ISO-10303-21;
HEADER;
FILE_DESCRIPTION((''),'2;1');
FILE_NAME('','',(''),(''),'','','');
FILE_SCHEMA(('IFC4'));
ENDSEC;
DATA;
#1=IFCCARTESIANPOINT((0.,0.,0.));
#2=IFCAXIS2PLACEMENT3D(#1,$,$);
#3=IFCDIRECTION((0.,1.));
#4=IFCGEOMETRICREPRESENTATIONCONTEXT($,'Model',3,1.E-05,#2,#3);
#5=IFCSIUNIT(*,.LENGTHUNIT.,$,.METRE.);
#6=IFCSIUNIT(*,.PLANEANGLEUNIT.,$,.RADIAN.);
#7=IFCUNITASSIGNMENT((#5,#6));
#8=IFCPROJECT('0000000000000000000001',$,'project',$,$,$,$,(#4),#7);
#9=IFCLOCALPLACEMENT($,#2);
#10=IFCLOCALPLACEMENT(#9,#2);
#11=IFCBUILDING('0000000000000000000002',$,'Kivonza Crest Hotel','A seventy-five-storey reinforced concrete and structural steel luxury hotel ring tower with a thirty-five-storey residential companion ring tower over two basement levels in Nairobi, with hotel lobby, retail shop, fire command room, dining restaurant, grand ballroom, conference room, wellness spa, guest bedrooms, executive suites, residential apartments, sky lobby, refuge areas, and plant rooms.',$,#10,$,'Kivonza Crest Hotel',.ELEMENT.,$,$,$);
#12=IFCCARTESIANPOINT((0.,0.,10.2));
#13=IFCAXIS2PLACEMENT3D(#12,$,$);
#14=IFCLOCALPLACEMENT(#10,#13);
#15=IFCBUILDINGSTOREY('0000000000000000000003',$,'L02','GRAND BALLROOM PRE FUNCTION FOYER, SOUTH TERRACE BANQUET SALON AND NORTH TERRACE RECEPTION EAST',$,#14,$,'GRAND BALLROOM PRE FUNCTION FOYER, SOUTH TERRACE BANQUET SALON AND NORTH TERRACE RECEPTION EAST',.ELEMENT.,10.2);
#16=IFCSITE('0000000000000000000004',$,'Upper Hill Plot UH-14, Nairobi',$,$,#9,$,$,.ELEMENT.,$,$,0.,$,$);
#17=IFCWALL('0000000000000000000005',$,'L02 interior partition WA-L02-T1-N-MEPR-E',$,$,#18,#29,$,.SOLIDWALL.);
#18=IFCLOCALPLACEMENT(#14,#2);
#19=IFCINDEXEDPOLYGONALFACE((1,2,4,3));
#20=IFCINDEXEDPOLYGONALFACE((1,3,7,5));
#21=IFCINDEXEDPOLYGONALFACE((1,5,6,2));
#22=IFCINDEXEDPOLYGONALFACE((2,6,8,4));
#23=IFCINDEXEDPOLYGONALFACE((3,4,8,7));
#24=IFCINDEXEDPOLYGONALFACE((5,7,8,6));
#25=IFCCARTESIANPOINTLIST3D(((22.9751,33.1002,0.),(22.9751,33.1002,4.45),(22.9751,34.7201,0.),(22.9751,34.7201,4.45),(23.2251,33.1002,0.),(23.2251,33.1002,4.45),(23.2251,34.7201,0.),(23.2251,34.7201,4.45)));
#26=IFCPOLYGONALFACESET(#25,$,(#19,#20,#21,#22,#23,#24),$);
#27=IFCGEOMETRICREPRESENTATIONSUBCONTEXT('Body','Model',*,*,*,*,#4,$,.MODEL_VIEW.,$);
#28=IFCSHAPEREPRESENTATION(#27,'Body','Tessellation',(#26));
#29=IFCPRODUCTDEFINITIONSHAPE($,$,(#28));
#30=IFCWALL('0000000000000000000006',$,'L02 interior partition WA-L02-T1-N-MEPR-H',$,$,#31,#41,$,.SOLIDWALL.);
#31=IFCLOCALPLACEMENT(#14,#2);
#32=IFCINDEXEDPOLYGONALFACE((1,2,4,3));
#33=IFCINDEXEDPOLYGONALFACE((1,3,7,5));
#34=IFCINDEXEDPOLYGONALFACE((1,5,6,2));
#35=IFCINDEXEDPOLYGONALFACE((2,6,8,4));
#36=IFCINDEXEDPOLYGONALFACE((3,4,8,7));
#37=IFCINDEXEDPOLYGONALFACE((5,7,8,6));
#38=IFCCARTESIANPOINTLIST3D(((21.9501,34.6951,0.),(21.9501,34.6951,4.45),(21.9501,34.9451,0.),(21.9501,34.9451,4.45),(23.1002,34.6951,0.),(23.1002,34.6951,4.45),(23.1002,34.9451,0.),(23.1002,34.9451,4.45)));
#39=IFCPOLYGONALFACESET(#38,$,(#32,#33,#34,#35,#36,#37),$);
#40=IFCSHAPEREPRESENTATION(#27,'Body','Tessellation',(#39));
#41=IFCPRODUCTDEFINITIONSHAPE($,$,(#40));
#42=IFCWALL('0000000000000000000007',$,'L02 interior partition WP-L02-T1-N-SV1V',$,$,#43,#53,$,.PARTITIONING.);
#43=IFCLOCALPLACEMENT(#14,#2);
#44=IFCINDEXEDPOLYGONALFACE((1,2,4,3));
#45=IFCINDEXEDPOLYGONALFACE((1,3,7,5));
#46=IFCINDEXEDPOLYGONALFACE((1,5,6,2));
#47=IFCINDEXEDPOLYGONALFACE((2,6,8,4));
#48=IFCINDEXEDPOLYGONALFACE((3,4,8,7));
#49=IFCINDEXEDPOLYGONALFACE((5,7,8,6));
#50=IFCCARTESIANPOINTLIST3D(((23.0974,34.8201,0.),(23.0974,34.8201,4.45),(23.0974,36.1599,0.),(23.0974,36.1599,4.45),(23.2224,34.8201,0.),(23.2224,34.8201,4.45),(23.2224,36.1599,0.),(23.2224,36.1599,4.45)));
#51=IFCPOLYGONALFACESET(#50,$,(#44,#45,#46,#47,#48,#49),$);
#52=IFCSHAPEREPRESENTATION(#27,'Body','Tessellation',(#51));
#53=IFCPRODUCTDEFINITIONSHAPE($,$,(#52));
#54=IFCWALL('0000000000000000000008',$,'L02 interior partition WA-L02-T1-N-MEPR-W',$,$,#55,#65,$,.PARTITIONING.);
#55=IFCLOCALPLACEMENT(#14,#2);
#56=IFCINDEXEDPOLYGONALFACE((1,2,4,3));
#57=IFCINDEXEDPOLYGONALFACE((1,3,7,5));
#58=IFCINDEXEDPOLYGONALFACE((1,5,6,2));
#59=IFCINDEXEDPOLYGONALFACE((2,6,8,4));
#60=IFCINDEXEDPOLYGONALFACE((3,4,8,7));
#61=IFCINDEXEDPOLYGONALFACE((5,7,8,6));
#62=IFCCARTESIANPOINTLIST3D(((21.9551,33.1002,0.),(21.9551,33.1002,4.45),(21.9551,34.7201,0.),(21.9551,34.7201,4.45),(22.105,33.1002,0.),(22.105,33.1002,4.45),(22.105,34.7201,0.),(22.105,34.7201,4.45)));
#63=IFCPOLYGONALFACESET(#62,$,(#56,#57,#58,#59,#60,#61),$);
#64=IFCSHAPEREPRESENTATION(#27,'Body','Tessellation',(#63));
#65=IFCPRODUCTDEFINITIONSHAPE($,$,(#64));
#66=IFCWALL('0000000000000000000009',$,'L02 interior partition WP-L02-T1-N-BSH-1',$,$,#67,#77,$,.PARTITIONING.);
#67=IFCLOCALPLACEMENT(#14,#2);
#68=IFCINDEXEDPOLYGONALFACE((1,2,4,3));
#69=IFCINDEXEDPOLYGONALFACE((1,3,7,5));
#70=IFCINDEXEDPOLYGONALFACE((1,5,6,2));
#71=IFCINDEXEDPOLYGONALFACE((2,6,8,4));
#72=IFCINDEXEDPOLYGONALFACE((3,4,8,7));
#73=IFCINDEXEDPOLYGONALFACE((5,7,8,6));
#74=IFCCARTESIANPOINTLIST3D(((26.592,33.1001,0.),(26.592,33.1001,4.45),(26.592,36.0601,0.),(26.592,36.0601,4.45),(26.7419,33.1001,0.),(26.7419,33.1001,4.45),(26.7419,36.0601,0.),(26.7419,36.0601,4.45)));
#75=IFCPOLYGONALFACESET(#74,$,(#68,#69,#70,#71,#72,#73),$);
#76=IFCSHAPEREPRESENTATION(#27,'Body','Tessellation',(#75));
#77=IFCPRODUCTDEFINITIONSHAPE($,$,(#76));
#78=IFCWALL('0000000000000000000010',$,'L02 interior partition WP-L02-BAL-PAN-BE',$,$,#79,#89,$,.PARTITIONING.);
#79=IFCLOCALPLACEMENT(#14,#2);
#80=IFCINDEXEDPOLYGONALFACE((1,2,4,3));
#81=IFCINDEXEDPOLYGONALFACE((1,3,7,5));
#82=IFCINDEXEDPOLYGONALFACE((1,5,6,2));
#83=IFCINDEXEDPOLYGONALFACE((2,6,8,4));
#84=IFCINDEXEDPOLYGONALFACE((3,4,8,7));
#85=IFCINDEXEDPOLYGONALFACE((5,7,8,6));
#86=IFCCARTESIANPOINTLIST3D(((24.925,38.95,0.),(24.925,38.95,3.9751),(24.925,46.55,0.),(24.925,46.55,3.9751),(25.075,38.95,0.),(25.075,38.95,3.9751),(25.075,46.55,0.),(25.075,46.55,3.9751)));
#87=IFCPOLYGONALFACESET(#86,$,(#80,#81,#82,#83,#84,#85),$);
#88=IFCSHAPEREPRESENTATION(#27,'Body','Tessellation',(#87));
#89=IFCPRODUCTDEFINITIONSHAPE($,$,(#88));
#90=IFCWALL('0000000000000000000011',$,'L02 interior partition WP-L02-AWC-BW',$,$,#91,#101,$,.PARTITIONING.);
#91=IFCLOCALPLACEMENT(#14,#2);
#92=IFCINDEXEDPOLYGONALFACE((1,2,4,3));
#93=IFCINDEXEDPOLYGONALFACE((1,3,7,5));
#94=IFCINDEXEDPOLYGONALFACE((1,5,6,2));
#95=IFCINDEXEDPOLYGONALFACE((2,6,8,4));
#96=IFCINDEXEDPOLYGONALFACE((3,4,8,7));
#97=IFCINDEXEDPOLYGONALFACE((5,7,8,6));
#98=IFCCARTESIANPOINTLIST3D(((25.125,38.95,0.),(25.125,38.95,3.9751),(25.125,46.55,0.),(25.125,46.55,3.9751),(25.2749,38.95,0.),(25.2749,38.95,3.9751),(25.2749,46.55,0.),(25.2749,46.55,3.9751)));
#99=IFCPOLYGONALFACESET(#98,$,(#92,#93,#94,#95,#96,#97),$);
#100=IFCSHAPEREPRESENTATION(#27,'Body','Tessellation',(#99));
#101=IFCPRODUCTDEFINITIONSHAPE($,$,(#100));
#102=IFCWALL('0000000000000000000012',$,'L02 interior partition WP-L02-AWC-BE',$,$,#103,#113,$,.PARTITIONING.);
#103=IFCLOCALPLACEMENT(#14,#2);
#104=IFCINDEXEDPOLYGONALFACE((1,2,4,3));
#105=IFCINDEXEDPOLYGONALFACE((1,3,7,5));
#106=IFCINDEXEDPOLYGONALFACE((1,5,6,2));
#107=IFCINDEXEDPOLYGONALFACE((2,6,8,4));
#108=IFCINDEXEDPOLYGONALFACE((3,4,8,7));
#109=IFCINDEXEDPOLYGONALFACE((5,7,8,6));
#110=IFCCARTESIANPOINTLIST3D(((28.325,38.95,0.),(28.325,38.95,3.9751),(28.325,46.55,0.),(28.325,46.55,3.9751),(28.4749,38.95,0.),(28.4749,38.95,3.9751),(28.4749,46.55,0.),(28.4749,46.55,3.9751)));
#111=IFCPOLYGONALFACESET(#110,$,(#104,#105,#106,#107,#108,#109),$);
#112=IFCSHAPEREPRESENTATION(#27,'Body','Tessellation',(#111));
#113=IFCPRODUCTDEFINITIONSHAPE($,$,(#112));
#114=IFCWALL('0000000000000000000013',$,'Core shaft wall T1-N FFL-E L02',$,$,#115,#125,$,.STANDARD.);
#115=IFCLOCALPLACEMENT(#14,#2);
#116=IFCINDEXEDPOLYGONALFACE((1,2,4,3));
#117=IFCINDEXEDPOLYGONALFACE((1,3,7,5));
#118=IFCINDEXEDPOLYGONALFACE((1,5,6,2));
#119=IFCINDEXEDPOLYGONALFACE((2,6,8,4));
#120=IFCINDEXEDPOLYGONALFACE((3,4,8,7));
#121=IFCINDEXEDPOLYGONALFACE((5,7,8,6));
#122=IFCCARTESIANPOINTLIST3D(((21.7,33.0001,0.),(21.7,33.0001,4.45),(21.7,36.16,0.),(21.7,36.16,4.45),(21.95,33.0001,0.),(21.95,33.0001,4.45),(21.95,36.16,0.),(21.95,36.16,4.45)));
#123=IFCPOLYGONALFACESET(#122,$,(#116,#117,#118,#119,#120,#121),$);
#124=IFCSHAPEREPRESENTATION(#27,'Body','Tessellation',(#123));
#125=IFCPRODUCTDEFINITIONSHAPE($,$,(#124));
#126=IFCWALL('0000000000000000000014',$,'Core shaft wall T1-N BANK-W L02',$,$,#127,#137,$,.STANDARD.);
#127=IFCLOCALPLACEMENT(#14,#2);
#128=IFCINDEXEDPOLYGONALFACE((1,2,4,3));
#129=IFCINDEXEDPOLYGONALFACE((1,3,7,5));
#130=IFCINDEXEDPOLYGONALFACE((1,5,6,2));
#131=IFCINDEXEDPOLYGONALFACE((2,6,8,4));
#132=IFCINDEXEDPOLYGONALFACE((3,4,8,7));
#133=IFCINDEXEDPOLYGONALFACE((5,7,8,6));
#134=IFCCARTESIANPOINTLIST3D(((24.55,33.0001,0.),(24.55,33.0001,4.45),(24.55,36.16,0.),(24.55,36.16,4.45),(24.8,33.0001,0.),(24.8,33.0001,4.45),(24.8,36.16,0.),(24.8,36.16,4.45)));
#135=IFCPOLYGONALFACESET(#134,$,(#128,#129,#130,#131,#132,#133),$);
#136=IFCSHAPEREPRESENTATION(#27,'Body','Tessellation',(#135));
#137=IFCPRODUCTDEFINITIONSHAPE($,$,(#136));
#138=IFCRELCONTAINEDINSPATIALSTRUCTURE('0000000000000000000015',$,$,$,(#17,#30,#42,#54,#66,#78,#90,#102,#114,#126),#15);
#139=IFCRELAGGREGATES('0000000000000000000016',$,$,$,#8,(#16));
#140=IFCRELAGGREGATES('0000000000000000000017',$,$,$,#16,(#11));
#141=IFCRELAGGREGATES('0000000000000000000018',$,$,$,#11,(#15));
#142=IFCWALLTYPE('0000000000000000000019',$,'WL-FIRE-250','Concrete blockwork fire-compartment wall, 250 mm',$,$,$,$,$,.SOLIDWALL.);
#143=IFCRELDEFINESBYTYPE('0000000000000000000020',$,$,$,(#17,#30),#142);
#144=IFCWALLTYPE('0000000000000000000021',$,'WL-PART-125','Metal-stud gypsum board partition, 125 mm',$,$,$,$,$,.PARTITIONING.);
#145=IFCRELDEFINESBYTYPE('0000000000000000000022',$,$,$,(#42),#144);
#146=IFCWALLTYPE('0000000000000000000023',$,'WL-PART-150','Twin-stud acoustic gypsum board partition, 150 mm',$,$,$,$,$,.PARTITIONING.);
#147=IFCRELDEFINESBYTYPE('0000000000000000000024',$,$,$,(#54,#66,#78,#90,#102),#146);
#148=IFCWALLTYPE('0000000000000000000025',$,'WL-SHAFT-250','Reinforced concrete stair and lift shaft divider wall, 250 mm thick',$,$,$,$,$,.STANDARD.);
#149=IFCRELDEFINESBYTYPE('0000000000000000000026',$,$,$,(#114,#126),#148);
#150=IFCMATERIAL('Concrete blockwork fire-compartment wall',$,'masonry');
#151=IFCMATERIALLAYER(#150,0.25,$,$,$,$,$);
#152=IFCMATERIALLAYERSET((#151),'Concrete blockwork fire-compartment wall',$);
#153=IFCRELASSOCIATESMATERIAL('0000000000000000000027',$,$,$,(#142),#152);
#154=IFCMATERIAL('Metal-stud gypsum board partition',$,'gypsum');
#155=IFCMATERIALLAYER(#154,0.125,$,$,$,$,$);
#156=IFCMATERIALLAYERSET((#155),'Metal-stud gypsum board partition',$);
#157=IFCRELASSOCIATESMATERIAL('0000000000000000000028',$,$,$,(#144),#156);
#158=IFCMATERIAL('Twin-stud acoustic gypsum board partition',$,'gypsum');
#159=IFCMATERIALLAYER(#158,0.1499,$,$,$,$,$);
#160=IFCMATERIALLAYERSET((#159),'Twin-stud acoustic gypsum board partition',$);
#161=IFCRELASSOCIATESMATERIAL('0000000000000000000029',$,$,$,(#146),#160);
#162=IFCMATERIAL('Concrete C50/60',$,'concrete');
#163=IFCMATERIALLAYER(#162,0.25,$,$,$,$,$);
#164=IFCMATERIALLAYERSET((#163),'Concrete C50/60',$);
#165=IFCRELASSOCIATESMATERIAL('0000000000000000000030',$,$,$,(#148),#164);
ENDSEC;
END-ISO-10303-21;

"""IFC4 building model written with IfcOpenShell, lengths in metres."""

from ifc_helpers import new_model, si_unit, direction, frame, frame_2d, origin, place, context, subcontext, project, spatial, rectangle, extrude, material, layer, layer_set, type_object, element, save


model = new_model("IFC4")

# Units and contexts
model_context = context("Model", 3, precision=1e-05, world=origin(), true_north=direction((0.0, 1.0)))
body_context = subcontext(model_context, "Body", "Model", "MODEL_VIEW")
ifc_project = project(units=[si_unit("LENGTHUNIT", "METRE"), si_unit("PLANEANGLEUNIT", "RADIAN")], contexts=[model_context])

# Site, building, storey
site_placement = place(None, origin())
site = spatial("IfcSite", under=ifc_project, at=site_placement, Name="Upper Hill Plot UH-14, Nairobi", CompositionType="ELEMENT", RefElevation=0.0)
building_placement = place(site_placement, origin())
building = spatial("IfcBuilding", under=site, at=building_placement, Name="Kivonza Crest Hotel", Description="A seventy-five-storey reinforced concrete and structural steel luxury hotel ring tower with a thirty-five-storey residential companion ring tower over two basement levels in Nairobi, with hotel lobby, retail shop, fire command room, dining restaurant, grand ballroom, conference room, wellness spa, guest bedrooms, executive suites, residential apartments, sky lobby, refuge areas, and plant rooms.", LongName="Kivonza Crest Hotel", CompositionType="ELEMENT")
storey_placement = place(building_placement, frame((0.0, 0.0, 10.2)))
storey = spatial("IfcBuildingStorey", under=building, at=storey_placement, Name="L02", Description="GRAND BALLROOM PRE FUNCTION FOYER, SOUTH TERRACE BANQUET SALON AND NORTH TERRACE RECEPTION EAST", LongName="GRAND BALLROOM PRE FUNCTION FOYER, SOUTH TERRACE BANQUET SALON AND NORTH TERRACE RECEPTION EAST", CompositionType="ELEMENT", Elevation=10.2)

# Walls
ifc_material_1 = material(Name="Concrete blockwork fire-compartment wall", Category="masonry")
ifc_layer_1 = layer(ifc_material_1, 0.25)
ifc_layer_set_1 = layer_set([ifc_layer_1], Name="Concrete blockwork fire-compartment wall")
wall_type_1 = type_object("IfcWallType", Name="WL-FIRE-250", Description="Concrete blockwork fire-compartment wall, 250 mm", PredefinedType="SOLIDWALL", material=ifc_layer_set_1)
wall_1_placement = place(storey_placement, frame((23.1001, 33.1001, 0.0), z_axis=(0.0, 0.0, 1.0), x_axis=(0.0, 1.0, 0.0)))
element("IfcWall", 1, at=wall_1_placement, inside=storey, type_object=wall_type_1, Name="L02 interior partition WA-L02-T1-N-MEPR-E", PredefinedType="SOLIDWALL", context=body_context, shape_type="SweptSolid", body=[
    extrude(rectangle(XDim=1.6199, YDim=0.25, at=frame_2d((0.8101, 0.0))), origin(), (0.0, 0.0, 1.0), 4.45),
])
wall_2_placement = place(storey_placement, frame((21.95, 34.8201, 0.0), z_axis=(0.0, 0.0, 1.0), x_axis=(1.0, 0.0, 0.0)))
element("IfcWall", 2, at=wall_2_placement, inside=storey, type_object=wall_type_1, Name="L02 interior partition WA-L02-T1-N-MEPR-H", PredefinedType="SOLIDWALL", context=body_context, shape_type="SweptSolid", body=[
    extrude(rectangle(XDim=1.1501, YDim=0.25, at=frame_2d((0.5752, 0.0))), origin(), (0.0, 0.0, 1.0), 4.45),
])
ifc_material_2 = material(Name="Metal-stud gypsum board partition", Category="gypsum")
ifc_layer_2 = layer(ifc_material_2, 0.125)
ifc_layer_set_2 = layer_set([ifc_layer_2], Name="Metal-stud gypsum board partition")
wall_type_2 = type_object("IfcWallType", Name="WL-PART-125", Description="Metal-stud gypsum board partition, 125 mm", PredefinedType="PARTITIONING", material=ifc_layer_set_2)
wall_3_placement = place(storey_placement, frame((23.1599, 34.8201, 0.0), z_axis=(0.0, 0.0, 1.0), x_axis=(0.0, 1.0, 0.0)))
element("IfcWall", 3, at=wall_3_placement, inside=storey, type_object=wall_type_2, Name="L02 interior partition WP-L02-T1-N-SV1V", PredefinedType="PARTITIONING", context=body_context, shape_type="SweptSolid", body=[
    extrude(rectangle(XDim=1.3398, YDim=0.125, at=frame_2d((0.6699, 0.0))), origin(), (0.0, 0.0, 1.0), 4.45),
])
ifc_material_3 = material(Name="Twin-stud acoustic gypsum board partition", Category="gypsum")
ifc_layer_3 = layer(ifc_material_3, 0.1499)
ifc_layer_set_3 = layer_set([ifc_layer_3], Name="Twin-stud acoustic gypsum board partition")
wall_type_3 = type_object("IfcWallType", Name="WL-PART-150", Description="Twin-stud acoustic gypsum board partition, 150 mm", PredefinedType="PARTITIONING", material=ifc_layer_set_3)
wall_4_placement = place(storey_placement, frame((22.03, 33.1001, 0.0), z_axis=(0.0, 0.0, 1.0), x_axis=(0.0, 1.0, 0.0)))
element("IfcWall", 4, at=wall_4_placement, inside=storey, type_object=wall_type_3, Name="L02 interior partition WA-L02-T1-N-MEPR-W", PredefinedType="PARTITIONING", context=body_context, shape_type="SweptSolid", body=[
    extrude(rectangle(XDim=1.6199, YDim=0.1499, at=frame_2d((0.8101, 0.0))), origin(), (0.0, 0.0, 1.0), 4.45),
])
wall_5_placement = place(storey_placement, frame((26.667, 33.1001, 0.0), z_axis=(0.0, 0.0, 1.0), x_axis=(0.0, 1.0, 0.0)))
element("IfcWall", 5, at=wall_5_placement, inside=storey, type_object=wall_type_3, Name="L02 interior partition WP-L02-T1-N-BSH-1", PredefinedType="PARTITIONING", context=body_context, shape_type="SweptSolid", body=[
    extrude(rectangle(XDim=2.96, YDim=0.1499, at=frame_2d((1.48, 0.0))), origin(), (0.0, 0.0, 1.0), 4.45),
])
for number, where, z_axis, x_axis, name in (
    (6, (25.0, 38.95, 0.0), (0.0, 0.0, 1.0), (0.0, 1.0, 0.0), "L02 interior partition WP-L02-BAL-PAN-BE"),
    (7, (25.2, 38.95, 0.0), (0.0, 0.0, 1.0), (0.0, 1.0, 0.0), "L02 interior partition WP-L02-AWC-BW"),
    (8, (28.3999, 38.95, 0.0), (0.0, 0.0, 1.0), (0.0, 1.0, 0.0), "L02 interior partition WP-L02-AWC-BE"),
):
    element("IfcWall", number, at=place(storey_placement, frame(where, z_axis=z_axis, x_axis=x_axis)), inside=storey, type_object=wall_type_3, Name=name, PredefinedType="PARTITIONING", context=body_context, shape_type="SweptSolid", body=[
        extrude(rectangle(XDim=7.6001, YDim=0.1499, at=frame_2d((3.8, 0.0))), origin(), (0.0, 0.0, 1.0), 3.9751),
    ])

# Shared definitions
ifc_material_4 = material(Name="Concrete C50/60", Category="concrete")
ifc_layer_4 = layer(ifc_material_4, 0.25)
ifc_layer_set_4 = layer_set([ifc_layer_4], Name="Concrete C50/60")
wall_type_4 = type_object("IfcWallType", Name="WL-SHAFT-250", Description="Reinforced concrete stair and lift shaft divider wall, 250 mm thick", PredefinedType="STANDARD", material=ifc_layer_set_4)

# Walls
for number, where, z_axis, x_axis, name in (
    (9, (21.825, 33.0, 0.0), (0.0, 0.0, 1.0), (0.0, 1.0, 0.0), "Core shaft wall T1-N FFL-E L02"),
    (10, (24.675, 33.0, 0.0), (0.0, 0.0, 1.0), (0.0, 1.0, 0.0), "Core shaft wall T1-N BANK-W L02"),
):
    element("IfcWall", number, at=place(storey_placement, frame(where, z_axis=z_axis, x_axis=x_axis)), inside=storey, type_object=wall_type_4, Name=name, PredefinedType="STANDARD", context=body_context, shape_type="SweptSolid", body=[
        extrude(rectangle(XDim=3.1599, YDim=0.25, at=frame_2d((1.5801, 0.0))), origin(), (0.0, 0.0, 1.0), 4.45),
    ])

save(model, "model.ifc")
